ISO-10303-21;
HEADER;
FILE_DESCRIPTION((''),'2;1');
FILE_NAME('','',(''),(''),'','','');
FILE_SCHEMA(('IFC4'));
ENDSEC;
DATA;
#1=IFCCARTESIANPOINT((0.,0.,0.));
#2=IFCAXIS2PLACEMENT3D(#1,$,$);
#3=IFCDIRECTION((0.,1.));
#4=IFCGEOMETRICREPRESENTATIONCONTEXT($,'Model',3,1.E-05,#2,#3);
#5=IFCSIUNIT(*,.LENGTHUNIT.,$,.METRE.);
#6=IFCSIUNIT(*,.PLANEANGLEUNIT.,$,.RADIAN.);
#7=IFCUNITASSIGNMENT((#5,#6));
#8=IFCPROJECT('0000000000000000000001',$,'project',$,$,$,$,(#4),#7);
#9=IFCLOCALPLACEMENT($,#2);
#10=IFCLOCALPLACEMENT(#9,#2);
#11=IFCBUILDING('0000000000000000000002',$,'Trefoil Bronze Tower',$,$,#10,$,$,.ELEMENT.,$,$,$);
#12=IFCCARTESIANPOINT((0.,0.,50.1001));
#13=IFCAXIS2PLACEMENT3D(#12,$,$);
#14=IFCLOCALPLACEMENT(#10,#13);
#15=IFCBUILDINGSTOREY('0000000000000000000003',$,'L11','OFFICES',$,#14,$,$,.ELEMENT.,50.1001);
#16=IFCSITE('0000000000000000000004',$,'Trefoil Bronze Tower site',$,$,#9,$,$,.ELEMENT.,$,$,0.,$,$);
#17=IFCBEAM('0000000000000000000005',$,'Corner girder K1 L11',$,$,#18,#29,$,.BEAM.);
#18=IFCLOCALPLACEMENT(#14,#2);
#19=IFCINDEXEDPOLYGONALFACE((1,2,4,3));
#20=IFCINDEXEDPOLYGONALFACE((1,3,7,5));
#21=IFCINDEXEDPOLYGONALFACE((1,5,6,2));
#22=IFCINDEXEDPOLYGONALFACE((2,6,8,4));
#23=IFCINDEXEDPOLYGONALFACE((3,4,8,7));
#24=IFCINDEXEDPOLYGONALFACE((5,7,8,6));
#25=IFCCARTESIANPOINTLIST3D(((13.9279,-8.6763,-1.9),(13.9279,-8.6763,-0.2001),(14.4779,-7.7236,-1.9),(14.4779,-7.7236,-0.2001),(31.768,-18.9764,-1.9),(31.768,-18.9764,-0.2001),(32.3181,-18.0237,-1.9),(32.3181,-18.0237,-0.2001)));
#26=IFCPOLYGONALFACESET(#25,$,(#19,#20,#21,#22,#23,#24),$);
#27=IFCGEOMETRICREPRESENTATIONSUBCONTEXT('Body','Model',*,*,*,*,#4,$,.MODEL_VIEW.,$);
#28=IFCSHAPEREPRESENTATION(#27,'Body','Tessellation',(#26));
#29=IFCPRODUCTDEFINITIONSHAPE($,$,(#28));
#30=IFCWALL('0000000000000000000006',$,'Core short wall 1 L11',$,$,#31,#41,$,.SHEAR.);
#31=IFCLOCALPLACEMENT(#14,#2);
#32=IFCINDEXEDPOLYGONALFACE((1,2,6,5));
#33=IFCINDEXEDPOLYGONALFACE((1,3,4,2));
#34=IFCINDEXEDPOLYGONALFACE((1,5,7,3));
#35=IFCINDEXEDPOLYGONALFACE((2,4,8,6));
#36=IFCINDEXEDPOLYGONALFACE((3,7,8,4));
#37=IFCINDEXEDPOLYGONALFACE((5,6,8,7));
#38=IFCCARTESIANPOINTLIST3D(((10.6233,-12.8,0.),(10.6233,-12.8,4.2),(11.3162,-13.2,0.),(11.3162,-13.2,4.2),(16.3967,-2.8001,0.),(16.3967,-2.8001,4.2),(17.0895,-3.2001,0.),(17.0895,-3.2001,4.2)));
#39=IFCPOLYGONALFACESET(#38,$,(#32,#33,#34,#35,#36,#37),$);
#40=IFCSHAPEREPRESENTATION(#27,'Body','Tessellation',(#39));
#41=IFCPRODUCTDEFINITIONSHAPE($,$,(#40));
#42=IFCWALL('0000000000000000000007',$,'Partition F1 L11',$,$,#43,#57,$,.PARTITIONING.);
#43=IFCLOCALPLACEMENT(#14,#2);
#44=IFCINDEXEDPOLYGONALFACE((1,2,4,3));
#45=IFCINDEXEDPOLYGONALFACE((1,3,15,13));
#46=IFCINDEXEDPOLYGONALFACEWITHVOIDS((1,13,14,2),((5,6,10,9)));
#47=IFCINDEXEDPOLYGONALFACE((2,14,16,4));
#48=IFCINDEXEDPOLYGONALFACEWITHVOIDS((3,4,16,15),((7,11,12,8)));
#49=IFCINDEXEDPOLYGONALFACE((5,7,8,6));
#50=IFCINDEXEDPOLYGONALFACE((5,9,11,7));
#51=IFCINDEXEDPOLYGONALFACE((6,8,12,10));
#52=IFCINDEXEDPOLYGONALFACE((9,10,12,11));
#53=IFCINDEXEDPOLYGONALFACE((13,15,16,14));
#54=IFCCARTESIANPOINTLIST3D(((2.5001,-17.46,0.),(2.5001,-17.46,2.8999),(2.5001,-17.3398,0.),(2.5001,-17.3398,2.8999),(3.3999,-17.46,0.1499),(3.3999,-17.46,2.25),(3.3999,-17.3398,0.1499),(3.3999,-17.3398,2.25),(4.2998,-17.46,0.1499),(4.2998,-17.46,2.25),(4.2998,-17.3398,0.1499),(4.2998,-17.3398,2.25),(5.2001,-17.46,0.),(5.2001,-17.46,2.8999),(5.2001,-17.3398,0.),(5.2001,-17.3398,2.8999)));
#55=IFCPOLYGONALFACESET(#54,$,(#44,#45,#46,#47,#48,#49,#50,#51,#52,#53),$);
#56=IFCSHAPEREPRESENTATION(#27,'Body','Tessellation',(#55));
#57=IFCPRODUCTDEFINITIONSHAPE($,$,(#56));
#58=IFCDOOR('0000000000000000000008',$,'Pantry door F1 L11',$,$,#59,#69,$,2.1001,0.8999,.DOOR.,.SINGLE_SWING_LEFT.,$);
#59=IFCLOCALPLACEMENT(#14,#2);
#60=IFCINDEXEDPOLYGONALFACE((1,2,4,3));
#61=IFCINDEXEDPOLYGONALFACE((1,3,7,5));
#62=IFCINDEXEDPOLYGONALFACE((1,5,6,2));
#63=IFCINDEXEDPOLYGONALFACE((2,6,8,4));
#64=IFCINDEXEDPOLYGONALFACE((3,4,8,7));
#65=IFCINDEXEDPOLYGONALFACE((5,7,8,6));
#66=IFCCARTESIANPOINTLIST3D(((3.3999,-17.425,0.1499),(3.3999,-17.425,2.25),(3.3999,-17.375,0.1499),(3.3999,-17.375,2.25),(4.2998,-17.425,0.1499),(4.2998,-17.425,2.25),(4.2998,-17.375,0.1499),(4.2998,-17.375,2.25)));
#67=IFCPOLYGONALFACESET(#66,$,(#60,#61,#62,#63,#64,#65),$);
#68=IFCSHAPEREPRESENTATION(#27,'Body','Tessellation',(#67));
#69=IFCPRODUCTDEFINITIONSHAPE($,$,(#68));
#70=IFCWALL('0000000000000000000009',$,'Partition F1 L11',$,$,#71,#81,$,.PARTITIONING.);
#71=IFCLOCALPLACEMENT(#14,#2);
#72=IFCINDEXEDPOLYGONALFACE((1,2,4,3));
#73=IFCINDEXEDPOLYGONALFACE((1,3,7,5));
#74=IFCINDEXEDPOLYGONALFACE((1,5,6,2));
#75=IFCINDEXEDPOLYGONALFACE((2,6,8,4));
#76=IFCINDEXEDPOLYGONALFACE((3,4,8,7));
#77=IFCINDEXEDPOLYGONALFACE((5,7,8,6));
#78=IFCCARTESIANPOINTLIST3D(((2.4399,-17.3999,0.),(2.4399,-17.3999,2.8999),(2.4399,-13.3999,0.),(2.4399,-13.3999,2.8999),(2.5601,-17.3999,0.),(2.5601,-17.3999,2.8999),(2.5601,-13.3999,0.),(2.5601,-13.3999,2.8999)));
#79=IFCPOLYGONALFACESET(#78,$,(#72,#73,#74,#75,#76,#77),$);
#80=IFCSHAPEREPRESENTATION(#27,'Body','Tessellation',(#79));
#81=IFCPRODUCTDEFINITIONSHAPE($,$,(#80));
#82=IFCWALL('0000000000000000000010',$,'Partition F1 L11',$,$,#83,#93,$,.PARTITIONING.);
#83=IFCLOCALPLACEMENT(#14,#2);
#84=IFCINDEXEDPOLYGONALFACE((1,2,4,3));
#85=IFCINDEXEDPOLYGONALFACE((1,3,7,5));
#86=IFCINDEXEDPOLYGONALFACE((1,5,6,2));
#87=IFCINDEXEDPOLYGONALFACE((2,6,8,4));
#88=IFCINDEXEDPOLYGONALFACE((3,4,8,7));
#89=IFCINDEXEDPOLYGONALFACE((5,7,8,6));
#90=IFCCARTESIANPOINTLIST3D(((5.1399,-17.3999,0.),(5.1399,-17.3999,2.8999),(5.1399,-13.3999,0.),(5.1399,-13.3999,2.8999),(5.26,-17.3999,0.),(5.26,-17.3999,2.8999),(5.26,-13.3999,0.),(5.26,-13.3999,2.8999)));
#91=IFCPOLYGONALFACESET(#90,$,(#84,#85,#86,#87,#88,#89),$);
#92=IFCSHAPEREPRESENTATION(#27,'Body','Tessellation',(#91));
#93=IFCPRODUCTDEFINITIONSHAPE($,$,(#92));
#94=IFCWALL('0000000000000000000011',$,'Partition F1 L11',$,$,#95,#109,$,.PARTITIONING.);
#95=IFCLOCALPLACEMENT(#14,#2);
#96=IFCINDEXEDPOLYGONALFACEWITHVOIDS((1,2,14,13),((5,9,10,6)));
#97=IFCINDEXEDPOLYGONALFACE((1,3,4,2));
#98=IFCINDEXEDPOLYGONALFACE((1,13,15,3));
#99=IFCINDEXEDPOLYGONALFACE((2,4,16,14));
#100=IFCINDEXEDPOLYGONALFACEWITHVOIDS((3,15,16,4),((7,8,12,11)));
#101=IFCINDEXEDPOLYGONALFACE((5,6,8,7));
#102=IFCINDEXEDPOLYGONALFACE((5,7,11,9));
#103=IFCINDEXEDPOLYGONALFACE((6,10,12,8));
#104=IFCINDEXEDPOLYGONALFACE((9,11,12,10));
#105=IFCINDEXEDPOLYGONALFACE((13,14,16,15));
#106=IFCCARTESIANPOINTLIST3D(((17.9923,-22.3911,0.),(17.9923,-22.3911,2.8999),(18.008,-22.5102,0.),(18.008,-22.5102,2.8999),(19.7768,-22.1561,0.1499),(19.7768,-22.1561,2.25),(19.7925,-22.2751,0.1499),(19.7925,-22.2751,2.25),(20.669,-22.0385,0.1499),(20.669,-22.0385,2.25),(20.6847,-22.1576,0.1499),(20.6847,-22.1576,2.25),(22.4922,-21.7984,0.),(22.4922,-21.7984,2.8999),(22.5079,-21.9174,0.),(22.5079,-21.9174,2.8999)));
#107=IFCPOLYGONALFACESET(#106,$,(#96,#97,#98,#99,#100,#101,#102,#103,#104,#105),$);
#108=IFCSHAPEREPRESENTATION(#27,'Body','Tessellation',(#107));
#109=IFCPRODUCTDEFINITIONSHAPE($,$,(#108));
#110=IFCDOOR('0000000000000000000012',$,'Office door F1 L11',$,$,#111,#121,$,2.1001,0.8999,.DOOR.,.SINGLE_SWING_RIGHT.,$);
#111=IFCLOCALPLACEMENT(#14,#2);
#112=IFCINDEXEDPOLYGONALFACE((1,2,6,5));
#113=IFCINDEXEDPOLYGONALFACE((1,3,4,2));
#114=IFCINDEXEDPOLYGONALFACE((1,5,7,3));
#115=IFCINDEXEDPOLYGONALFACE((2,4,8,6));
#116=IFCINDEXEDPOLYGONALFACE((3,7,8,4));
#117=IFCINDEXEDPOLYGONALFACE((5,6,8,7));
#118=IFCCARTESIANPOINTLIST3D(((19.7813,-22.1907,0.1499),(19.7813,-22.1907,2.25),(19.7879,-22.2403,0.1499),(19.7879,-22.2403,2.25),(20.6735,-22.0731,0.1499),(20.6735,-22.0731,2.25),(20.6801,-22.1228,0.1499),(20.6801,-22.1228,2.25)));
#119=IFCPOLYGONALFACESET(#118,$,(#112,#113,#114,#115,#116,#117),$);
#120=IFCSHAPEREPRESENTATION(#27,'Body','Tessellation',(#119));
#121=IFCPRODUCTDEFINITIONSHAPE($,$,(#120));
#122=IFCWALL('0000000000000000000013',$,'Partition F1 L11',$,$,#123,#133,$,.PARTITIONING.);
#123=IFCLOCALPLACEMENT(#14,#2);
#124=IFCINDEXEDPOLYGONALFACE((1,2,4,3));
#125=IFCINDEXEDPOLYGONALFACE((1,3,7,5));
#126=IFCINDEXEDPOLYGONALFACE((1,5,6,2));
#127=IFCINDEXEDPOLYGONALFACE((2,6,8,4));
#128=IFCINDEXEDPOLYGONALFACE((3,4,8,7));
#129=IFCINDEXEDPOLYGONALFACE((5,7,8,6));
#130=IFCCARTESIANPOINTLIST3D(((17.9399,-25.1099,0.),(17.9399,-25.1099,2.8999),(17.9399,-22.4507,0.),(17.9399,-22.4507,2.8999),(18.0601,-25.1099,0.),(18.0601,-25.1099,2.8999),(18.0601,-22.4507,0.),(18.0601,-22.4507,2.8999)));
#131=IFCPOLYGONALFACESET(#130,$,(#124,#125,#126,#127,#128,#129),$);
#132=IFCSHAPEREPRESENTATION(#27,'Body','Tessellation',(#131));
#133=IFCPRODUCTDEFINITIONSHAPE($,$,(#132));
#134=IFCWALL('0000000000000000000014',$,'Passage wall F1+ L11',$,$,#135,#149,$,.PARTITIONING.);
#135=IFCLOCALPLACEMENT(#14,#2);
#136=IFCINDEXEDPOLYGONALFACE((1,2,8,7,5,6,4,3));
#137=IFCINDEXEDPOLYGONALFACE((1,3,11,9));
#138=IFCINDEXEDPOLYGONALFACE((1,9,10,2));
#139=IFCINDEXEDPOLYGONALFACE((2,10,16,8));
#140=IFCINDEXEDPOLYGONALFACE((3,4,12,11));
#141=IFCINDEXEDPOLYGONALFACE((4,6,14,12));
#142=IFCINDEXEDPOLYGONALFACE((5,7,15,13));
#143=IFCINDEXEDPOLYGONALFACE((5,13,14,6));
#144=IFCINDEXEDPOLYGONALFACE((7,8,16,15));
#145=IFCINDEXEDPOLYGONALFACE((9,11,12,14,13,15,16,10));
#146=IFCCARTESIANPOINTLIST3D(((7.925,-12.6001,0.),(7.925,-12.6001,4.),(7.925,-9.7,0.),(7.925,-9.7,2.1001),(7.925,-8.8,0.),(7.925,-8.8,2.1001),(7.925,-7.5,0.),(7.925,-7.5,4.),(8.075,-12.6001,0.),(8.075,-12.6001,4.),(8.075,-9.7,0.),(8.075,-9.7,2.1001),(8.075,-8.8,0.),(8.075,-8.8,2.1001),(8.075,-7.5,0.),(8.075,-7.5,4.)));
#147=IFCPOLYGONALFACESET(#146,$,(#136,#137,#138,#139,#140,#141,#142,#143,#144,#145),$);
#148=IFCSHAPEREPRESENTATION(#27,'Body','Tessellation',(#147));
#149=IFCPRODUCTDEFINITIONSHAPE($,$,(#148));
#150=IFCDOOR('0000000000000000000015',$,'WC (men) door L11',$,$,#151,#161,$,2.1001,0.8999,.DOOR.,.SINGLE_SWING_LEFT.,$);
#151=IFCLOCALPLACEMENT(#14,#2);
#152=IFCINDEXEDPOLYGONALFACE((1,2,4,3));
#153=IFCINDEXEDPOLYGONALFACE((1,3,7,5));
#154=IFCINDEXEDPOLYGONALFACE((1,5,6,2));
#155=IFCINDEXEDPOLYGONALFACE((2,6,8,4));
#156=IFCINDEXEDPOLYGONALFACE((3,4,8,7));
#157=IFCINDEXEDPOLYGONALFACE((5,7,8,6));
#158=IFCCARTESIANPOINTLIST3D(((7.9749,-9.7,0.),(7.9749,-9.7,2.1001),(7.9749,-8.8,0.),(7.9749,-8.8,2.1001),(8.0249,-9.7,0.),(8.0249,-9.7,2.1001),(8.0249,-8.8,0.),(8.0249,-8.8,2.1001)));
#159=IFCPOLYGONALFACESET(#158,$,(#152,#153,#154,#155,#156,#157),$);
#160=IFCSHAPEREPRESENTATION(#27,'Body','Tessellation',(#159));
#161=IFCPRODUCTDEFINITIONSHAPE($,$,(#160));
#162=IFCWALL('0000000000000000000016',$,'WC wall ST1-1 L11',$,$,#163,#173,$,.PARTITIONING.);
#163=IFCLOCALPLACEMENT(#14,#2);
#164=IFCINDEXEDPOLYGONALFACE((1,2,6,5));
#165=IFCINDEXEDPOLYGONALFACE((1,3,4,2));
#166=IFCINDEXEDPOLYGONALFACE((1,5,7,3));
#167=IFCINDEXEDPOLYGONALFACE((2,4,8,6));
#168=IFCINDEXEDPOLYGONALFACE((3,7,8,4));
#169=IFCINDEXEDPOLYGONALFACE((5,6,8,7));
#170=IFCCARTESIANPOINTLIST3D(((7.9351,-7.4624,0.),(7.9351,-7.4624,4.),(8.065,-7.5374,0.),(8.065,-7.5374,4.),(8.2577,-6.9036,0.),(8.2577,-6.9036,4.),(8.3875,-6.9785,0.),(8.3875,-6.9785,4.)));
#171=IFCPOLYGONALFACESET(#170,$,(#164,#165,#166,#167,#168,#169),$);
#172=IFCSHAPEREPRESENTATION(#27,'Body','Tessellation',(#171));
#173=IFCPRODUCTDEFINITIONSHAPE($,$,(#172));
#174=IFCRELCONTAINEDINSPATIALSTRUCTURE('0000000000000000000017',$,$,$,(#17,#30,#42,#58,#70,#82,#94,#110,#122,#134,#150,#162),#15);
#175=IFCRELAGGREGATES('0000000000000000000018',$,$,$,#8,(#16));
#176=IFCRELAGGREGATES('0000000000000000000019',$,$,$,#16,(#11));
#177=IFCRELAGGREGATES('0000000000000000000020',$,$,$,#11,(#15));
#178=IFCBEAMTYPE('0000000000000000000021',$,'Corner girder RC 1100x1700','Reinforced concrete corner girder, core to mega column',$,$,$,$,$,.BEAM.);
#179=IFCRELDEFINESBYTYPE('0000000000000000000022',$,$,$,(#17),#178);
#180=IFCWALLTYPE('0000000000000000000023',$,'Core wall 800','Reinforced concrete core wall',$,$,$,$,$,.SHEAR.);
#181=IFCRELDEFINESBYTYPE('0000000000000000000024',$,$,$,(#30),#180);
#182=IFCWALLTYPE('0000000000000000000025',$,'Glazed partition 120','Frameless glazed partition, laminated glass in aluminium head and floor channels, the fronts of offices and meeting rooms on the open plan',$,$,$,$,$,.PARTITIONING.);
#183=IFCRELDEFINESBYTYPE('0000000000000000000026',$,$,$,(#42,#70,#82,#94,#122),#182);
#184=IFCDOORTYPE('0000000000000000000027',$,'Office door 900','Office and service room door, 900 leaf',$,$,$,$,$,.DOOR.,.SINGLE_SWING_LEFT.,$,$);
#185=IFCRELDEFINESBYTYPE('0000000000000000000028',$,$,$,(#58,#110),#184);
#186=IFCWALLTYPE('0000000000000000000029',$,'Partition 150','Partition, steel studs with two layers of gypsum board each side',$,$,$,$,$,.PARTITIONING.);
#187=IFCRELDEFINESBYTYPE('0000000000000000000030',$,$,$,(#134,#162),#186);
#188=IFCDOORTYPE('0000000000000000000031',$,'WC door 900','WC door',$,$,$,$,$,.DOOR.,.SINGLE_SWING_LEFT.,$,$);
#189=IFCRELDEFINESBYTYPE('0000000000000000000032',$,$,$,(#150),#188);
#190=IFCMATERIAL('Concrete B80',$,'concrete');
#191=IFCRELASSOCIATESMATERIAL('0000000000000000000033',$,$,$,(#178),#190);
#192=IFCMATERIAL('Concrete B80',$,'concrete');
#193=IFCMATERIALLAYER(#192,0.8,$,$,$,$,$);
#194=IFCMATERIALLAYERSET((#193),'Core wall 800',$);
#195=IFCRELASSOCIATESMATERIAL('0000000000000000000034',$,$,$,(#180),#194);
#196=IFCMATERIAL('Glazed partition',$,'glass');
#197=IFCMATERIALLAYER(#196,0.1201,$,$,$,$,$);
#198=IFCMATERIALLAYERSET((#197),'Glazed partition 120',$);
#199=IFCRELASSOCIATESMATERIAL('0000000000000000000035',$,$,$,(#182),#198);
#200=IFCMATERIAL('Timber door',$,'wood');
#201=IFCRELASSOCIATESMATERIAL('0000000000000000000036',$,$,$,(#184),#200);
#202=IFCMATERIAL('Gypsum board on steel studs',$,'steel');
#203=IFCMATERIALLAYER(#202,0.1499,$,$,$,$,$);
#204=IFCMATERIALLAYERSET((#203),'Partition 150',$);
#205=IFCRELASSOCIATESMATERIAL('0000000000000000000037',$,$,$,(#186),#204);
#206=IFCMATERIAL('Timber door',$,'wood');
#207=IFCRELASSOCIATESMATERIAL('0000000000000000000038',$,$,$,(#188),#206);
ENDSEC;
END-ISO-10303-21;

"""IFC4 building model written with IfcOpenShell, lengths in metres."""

from ifc_helpers import new_model, si_unit, direction, frame, frame_2d, origin, origin_2d, place, context, subcontext, project, spatial, rectangle, extrude, material, layer, layer_set, material_profile, profile_set, type_object, element, fill, save


model = new_model("IFC4")

# Units and contexts
model_context = context("Model", 3, precision=1e-05, world=origin(), true_north=direction((0.0, 1.0)))
body_context = subcontext(model_context, "Body", "Model", "MODEL_VIEW")
ifc_project = project(units=[si_unit("LENGTHUNIT", "METRE"), si_unit("PLANEANGLEUNIT", "RADIAN")], contexts=[model_context])

# Site, building, storey
site_placement = place(None, origin())
site = spatial("IfcSite", under=ifc_project, at=site_placement, Name="Trefoil Bronze Tower site", CompositionType="ELEMENT", RefElevation=0.0)
building_placement = place(site_placement, origin())
building = spatial("IfcBuilding", under=site, at=building_placement, Name="Trefoil Bronze Tower", CompositionType="ELEMENT")
storey_placement = place(building_placement, frame((0.0, 0.0, 50.1001)))
storey = spatial("IfcBuildingStorey", under=building, at=storey_placement, Name="L11", Description="OFFICES", CompositionType="ELEMENT", Elevation=50.1001)

# Beam
ifc_material_1 = material(Name="Concrete B80", Category="concrete")
ifc_material_profile_1 = material_profile(ifc_material_1, rectangle(XDim=1.1001, YDim=1.7, at=origin_2d()), Name="RC 1100x1700")
ifc_profile_set_1 = profile_set([ifc_material_profile_1], Name="Concrete B80")
beam_type_1 = type_object("IfcBeamType", Name="Corner girder RC 1100x1700", Description="Reinforced concrete corner girder, core to mega column", PredefinedType="BEAM", material=ifc_profile_set_1)
beam_placement = place(storey_placement, frame((14.2029, -8.2, -1.05), z_axis=(0.866024, -0.500003, 0.0), x_axis=(0.500003, 0.866024, 0.0)))
element("IfcBeam", 1, at=beam_placement, inside=storey, type_object=beam_type_1, Name="Corner girder K1 L11", PredefinedType="BEAM", context=body_context, shape_type="SweptSolid", body=[
    extrude(rectangle(XDim=1.1001, YDim=1.7, at=origin_2d()), origin(), (0.0, 0.0, 1.0), 20.6001),
])

# Wall
ifc_material_2 = material(Name="Concrete B80", Category="concrete")
ifc_layer_1 = layer(ifc_material_2, 0.8)
ifc_layer_set_1 = layer_set([ifc_layer_1], Name="Core wall 800")
wall_type_1 = type_object("IfcWallType", Name="Core wall 800", Description="Reinforced concrete core wall", PredefinedType="SHEAR", material=ifc_layer_set_1)
wall_1_placement = place(storey_placement, frame((10.9697, -13.0, 0.0), z_axis=(0.0, 0.0, 1.0), x_axis=(0.499996, 0.866028, 0.0)))
element("IfcWall", 2, at=wall_1_placement, inside=storey, type_object=wall_type_1, Name="Core short wall 1 L11", PredefinedType="SHEAR", context=body_context, shape_type="SweptSolid", body=[
    extrude(rectangle(XDim=11.5469, YDim=0.8, at=frame_2d((5.7734, 0.0))), origin(), (0.0, 0.0, 1.0), 4.2),
])

# Wall, opening, door
ifc_material_3 = material(Name="Glazed partition", Category="glass")
ifc_layer_2 = layer(ifc_material_3, 0.1201)
ifc_layer_set_2 = layer_set([ifc_layer_2], Name="Glazed partition 120")
wall_type_2 = type_object("IfcWallType", Name="Glazed partition 120", Description="Frameless glazed partition, laminated glass in aluminium head and floor channels, the fronts of offices and meeting rooms on the open plan", PredefinedType="PARTITIONING", material=ifc_layer_set_2)
wall_2_placement = place(storey_placement, frame((2.5, -17.3999, 0.0), z_axis=(0.0, 0.0, 1.0), x_axis=(1.0, 0.0, 0.0)))
wall_2 = element("IfcWall", 3, at=wall_2_placement, inside=storey, type_object=wall_type_2, Name="Partition F1 L11", PredefinedType="PARTITIONING", context=body_context, shape_type="SweptSolid", body=[
    extrude(rectangle(XDim=2.7, YDim=0.1201, at=frame_2d((1.3501, 0.0))), origin(), (0.0, 0.0, 1.0), 2.8999),
])
opening_1_placement = place(wall_2_placement, frame((0.8999, 0.0, 0.1499)))
opening_1 = element("IfcOpeningElement", 4, at=opening_1_placement, cuts=wall_2, PredefinedType="OPENING", context=body_context, shape_type="SweptSolid", body=[
    extrude(rectangle(XDim=0.8999, YDim=2.1001, at=frame_2d((0.45, 1.05))), frame((0.0, 0.0701, 0.0), z_axis=(0.0, -1.0, 0.0), x_axis=(1.0, 0.0, 0.0)), (0.0, 0.0, 1.0), 0.1401),
])
ifc_material_4 = material(Name="Timber door", Category="wood")
door_type_1 = type_object("IfcDoorType", Name="Office door 900", Description="Office and service room door, 900 leaf", OperationType="SINGLE_SWING_LEFT", PredefinedType="DOOR", material=ifc_material_4)
door_1_placement = place(opening_1_placement, origin())
door_1 = element("IfcDoor", 5, at=door_1_placement, inside=storey, type_object=door_type_1, Name="Pantry door F1 L11", OperationType="SINGLE_SWING_LEFT", OverallHeight=2.1001, OverallWidth=0.8999, PredefinedType="DOOR", context=body_context, shape_type="SweptSolid", body=[
    extrude(rectangle(XDim=0.8999, YDim=2.1001, at=frame_2d((0.45, 1.05))), frame((0.0, 0.0249, 0.0), z_axis=(0.0, -1.0, 0.0), x_axis=(1.0, 0.0, 0.0)), (0.0, 0.0, 1.0), 0.05),
])
fill(opening_1, door_1)

# Walls
for number, where, z_axis, x_axis, name in (
    (6, (2.5, -13.3999, 0.0), (0.0, 0.0, 1.0), (0.0, -1.0, 0.0), "Partition F1 L11"),
    (7, (5.2, -13.3999, 0.0), (0.0, 0.0, 1.0), (0.0, -1.0, 0.0), "Partition F1 L11"),
):
    element("IfcWall", number, at=place(storey_placement, frame(where, z_axis=z_axis, x_axis=x_axis)), inside=storey, type_object=wall_type_2, Name=name, PredefinedType="PARTITIONING", context=body_context, shape_type="SweptSolid", body=[
        extrude(rectangle(XDim=4.0, YDim=0.1201, at=frame_2d((2.0, 0.0))), origin(), (0.0, 0.0, 1.0), 2.8999),
    ])

# Wall, opening, door
wall_3_placement = place(storey_placement, frame((18.0, -22.4507, 0.0), z_axis=(0.0, 0.0, 1.0), x_axis=(0.991435, 0.130599, 0.0)))
wall_3 = element("IfcWall", 8, at=wall_3_placement, inside=storey, type_object=wall_type_2, Name="Partition F1 L11", PredefinedType="PARTITIONING", context=body_context, shape_type="SweptSolid", body=[
    extrude(rectangle(XDim=4.5388, YDim=0.1201, at=frame_2d((2.2695, 0.0))), origin(), (0.0, 0.0, 1.0), 2.8999),
])
opening_2_placement = place(wall_3_placement, frame((1.8, 0.0, 0.1499)))
opening_2 = element("IfcOpeningElement", 9, at=opening_2_placement, cuts=wall_3, PredefinedType="OPENING", context=body_context, shape_type="SweptSolid", body=[
    extrude(rectangle(XDim=0.8999, YDim=2.1001, at=frame_2d((0.45, 1.05))), frame((0.0, 0.0701, 0.0), z_axis=(0.0, -1.0, 0.0), x_axis=(1.0, 0.0, 0.0)), (0.0, 0.0, 1.0), 0.1401),
])
door_2_placement = place(opening_2_placement, frame((0.8999, 0.0, 0.0), z_axis=(0.0, 0.0, 1.0), x_axis=(-1.0, 0.0, 0.0)))
door_2 = element("IfcDoor", 10, at=door_2_placement, inside=storey, type_object=door_type_1, Name="Office door F1 L11", OperationType="SINGLE_SWING_RIGHT", OverallHeight=2.1001, OverallWidth=0.8999, PredefinedType="DOOR", context=body_context, shape_type="SweptSolid", body=[
    extrude(rectangle(XDim=0.8999, YDim=2.1001, at=frame_2d((0.45, 1.05))), frame((0.0, 0.0249, 0.0), z_axis=(0.0, -1.0, 0.0), x_axis=(1.0, 0.0, 0.0)), (0.0, 0.0, 1.0), 0.05),
])
fill(opening_2, door_2)

# Wall
wall_4_placement = place(storey_placement, frame((18.0, -22.4507, 0.0), z_axis=(0.0, 0.0, 1.0), x_axis=(0.0, -1.0, 0.0)))
element("IfcWall", 11, at=wall_4_placement, inside=storey, type_object=wall_type_2, Name="Partition F1 L11", PredefinedType="PARTITIONING", context=body_context, shape_type="SweptSolid", body=[
    extrude(rectangle(XDim=2.6592, YDim=0.1201, at=frame_2d((1.3296, 0.0))), origin(), (0.0, 0.0, 1.0), 2.8999),
])

# Wall, opening, door
ifc_material_5 = material(Name="Gypsum board on steel studs", Category="steel")
ifc_layer_3 = layer(ifc_material_5, 0.1499)
ifc_layer_set_3 = layer_set([ifc_layer_3], Name="Partition 150")
wall_type_3 = type_object("IfcWallType", Name="Partition 150", Description="Partition, steel studs with two layers of gypsum board each side", PredefinedType="PARTITIONING", material=ifc_layer_set_3)
wall_5_placement = place(storey_placement, frame((8.0, -7.5, 0.0), z_axis=(0.0, 0.0, 1.0), x_axis=(0.0, -1.0, 0.0)))
wall_5 = element("IfcWall", 12, at=wall_5_placement, inside=storey, type_object=wall_type_3, Name="Passage wall F1+ L11", PredefinedType="PARTITIONING", context=body_context, shape_type="SweptSolid", body=[
    extrude(rectangle(XDim=5.1001, YDim=0.1499, at=frame_2d((2.55, 0.0))), origin(), (0.0, 0.0, 1.0), 4.0),
])
opening_3_placement = place(wall_5_placement, frame((1.3, 0.0, 0.0)))
opening_3 = element("IfcOpeningElement", 13, at=opening_3_placement, cuts=wall_5, PredefinedType="OPENING", context=body_context, shape_type="SweptSolid", body=[
    extrude(rectangle(XDim=0.8999, YDim=2.1001, at=frame_2d((0.45, 1.05))), frame((0.0, 0.085, 0.0), z_axis=(0.0, -1.0, 0.0), x_axis=(1.0, 0.0, 0.0)), (0.0, 0.0, 1.0), 0.1699),
])
ifc_material_6 = material(Name="Timber door", Category="wood")
door_type_2 = type_object("IfcDoorType", Name="WC door 900", Description="WC door", OperationType="SINGLE_SWING_LEFT", PredefinedType="DOOR", material=ifc_material_6)
door_3_placement = place(opening_3_placement, origin())
door_3 = element("IfcDoor", 14, at=door_3_placement, inside=storey, type_object=door_type_2, Name="WC (men) door L11", OperationType="SINGLE_SWING_LEFT", OverallHeight=2.1001, OverallWidth=0.8999, PredefinedType="DOOR", context=body_context, shape_type="SweptSolid", body=[
    extrude(rectangle(XDim=0.8999, YDim=2.1001, at=frame_2d((0.45, 1.05))), frame((0.0, 0.0249, 0.0), z_axis=(0.0, -1.0, 0.0), x_axis=(1.0, 0.0, 0.0)), (0.0, 0.0, 1.0), 0.05),
])
fill(opening_3, door_3)

# Wall
wall_6_placement = place(storey_placement, frame((8.0, -7.5, 0.0), z_axis=(0.0, 0.0, 1.0), x_axis=(0.499843, 0.866116, 0.0)))
element("IfcWall", 15, at=wall_6_placement, inside=storey, type_object=wall_type_3, Name="WC wall ST1-1 L11", PredefinedType="PARTITIONING", context=body_context, shape_type="SweptSolid", body=[
    extrude(rectangle(XDim=0.6453, YDim=0.1499, at=frame_2d((0.3228, 0.0))), origin(), (0.0, 0.0, 1.0), 4.0),
])

save(model, "model.ifc")
